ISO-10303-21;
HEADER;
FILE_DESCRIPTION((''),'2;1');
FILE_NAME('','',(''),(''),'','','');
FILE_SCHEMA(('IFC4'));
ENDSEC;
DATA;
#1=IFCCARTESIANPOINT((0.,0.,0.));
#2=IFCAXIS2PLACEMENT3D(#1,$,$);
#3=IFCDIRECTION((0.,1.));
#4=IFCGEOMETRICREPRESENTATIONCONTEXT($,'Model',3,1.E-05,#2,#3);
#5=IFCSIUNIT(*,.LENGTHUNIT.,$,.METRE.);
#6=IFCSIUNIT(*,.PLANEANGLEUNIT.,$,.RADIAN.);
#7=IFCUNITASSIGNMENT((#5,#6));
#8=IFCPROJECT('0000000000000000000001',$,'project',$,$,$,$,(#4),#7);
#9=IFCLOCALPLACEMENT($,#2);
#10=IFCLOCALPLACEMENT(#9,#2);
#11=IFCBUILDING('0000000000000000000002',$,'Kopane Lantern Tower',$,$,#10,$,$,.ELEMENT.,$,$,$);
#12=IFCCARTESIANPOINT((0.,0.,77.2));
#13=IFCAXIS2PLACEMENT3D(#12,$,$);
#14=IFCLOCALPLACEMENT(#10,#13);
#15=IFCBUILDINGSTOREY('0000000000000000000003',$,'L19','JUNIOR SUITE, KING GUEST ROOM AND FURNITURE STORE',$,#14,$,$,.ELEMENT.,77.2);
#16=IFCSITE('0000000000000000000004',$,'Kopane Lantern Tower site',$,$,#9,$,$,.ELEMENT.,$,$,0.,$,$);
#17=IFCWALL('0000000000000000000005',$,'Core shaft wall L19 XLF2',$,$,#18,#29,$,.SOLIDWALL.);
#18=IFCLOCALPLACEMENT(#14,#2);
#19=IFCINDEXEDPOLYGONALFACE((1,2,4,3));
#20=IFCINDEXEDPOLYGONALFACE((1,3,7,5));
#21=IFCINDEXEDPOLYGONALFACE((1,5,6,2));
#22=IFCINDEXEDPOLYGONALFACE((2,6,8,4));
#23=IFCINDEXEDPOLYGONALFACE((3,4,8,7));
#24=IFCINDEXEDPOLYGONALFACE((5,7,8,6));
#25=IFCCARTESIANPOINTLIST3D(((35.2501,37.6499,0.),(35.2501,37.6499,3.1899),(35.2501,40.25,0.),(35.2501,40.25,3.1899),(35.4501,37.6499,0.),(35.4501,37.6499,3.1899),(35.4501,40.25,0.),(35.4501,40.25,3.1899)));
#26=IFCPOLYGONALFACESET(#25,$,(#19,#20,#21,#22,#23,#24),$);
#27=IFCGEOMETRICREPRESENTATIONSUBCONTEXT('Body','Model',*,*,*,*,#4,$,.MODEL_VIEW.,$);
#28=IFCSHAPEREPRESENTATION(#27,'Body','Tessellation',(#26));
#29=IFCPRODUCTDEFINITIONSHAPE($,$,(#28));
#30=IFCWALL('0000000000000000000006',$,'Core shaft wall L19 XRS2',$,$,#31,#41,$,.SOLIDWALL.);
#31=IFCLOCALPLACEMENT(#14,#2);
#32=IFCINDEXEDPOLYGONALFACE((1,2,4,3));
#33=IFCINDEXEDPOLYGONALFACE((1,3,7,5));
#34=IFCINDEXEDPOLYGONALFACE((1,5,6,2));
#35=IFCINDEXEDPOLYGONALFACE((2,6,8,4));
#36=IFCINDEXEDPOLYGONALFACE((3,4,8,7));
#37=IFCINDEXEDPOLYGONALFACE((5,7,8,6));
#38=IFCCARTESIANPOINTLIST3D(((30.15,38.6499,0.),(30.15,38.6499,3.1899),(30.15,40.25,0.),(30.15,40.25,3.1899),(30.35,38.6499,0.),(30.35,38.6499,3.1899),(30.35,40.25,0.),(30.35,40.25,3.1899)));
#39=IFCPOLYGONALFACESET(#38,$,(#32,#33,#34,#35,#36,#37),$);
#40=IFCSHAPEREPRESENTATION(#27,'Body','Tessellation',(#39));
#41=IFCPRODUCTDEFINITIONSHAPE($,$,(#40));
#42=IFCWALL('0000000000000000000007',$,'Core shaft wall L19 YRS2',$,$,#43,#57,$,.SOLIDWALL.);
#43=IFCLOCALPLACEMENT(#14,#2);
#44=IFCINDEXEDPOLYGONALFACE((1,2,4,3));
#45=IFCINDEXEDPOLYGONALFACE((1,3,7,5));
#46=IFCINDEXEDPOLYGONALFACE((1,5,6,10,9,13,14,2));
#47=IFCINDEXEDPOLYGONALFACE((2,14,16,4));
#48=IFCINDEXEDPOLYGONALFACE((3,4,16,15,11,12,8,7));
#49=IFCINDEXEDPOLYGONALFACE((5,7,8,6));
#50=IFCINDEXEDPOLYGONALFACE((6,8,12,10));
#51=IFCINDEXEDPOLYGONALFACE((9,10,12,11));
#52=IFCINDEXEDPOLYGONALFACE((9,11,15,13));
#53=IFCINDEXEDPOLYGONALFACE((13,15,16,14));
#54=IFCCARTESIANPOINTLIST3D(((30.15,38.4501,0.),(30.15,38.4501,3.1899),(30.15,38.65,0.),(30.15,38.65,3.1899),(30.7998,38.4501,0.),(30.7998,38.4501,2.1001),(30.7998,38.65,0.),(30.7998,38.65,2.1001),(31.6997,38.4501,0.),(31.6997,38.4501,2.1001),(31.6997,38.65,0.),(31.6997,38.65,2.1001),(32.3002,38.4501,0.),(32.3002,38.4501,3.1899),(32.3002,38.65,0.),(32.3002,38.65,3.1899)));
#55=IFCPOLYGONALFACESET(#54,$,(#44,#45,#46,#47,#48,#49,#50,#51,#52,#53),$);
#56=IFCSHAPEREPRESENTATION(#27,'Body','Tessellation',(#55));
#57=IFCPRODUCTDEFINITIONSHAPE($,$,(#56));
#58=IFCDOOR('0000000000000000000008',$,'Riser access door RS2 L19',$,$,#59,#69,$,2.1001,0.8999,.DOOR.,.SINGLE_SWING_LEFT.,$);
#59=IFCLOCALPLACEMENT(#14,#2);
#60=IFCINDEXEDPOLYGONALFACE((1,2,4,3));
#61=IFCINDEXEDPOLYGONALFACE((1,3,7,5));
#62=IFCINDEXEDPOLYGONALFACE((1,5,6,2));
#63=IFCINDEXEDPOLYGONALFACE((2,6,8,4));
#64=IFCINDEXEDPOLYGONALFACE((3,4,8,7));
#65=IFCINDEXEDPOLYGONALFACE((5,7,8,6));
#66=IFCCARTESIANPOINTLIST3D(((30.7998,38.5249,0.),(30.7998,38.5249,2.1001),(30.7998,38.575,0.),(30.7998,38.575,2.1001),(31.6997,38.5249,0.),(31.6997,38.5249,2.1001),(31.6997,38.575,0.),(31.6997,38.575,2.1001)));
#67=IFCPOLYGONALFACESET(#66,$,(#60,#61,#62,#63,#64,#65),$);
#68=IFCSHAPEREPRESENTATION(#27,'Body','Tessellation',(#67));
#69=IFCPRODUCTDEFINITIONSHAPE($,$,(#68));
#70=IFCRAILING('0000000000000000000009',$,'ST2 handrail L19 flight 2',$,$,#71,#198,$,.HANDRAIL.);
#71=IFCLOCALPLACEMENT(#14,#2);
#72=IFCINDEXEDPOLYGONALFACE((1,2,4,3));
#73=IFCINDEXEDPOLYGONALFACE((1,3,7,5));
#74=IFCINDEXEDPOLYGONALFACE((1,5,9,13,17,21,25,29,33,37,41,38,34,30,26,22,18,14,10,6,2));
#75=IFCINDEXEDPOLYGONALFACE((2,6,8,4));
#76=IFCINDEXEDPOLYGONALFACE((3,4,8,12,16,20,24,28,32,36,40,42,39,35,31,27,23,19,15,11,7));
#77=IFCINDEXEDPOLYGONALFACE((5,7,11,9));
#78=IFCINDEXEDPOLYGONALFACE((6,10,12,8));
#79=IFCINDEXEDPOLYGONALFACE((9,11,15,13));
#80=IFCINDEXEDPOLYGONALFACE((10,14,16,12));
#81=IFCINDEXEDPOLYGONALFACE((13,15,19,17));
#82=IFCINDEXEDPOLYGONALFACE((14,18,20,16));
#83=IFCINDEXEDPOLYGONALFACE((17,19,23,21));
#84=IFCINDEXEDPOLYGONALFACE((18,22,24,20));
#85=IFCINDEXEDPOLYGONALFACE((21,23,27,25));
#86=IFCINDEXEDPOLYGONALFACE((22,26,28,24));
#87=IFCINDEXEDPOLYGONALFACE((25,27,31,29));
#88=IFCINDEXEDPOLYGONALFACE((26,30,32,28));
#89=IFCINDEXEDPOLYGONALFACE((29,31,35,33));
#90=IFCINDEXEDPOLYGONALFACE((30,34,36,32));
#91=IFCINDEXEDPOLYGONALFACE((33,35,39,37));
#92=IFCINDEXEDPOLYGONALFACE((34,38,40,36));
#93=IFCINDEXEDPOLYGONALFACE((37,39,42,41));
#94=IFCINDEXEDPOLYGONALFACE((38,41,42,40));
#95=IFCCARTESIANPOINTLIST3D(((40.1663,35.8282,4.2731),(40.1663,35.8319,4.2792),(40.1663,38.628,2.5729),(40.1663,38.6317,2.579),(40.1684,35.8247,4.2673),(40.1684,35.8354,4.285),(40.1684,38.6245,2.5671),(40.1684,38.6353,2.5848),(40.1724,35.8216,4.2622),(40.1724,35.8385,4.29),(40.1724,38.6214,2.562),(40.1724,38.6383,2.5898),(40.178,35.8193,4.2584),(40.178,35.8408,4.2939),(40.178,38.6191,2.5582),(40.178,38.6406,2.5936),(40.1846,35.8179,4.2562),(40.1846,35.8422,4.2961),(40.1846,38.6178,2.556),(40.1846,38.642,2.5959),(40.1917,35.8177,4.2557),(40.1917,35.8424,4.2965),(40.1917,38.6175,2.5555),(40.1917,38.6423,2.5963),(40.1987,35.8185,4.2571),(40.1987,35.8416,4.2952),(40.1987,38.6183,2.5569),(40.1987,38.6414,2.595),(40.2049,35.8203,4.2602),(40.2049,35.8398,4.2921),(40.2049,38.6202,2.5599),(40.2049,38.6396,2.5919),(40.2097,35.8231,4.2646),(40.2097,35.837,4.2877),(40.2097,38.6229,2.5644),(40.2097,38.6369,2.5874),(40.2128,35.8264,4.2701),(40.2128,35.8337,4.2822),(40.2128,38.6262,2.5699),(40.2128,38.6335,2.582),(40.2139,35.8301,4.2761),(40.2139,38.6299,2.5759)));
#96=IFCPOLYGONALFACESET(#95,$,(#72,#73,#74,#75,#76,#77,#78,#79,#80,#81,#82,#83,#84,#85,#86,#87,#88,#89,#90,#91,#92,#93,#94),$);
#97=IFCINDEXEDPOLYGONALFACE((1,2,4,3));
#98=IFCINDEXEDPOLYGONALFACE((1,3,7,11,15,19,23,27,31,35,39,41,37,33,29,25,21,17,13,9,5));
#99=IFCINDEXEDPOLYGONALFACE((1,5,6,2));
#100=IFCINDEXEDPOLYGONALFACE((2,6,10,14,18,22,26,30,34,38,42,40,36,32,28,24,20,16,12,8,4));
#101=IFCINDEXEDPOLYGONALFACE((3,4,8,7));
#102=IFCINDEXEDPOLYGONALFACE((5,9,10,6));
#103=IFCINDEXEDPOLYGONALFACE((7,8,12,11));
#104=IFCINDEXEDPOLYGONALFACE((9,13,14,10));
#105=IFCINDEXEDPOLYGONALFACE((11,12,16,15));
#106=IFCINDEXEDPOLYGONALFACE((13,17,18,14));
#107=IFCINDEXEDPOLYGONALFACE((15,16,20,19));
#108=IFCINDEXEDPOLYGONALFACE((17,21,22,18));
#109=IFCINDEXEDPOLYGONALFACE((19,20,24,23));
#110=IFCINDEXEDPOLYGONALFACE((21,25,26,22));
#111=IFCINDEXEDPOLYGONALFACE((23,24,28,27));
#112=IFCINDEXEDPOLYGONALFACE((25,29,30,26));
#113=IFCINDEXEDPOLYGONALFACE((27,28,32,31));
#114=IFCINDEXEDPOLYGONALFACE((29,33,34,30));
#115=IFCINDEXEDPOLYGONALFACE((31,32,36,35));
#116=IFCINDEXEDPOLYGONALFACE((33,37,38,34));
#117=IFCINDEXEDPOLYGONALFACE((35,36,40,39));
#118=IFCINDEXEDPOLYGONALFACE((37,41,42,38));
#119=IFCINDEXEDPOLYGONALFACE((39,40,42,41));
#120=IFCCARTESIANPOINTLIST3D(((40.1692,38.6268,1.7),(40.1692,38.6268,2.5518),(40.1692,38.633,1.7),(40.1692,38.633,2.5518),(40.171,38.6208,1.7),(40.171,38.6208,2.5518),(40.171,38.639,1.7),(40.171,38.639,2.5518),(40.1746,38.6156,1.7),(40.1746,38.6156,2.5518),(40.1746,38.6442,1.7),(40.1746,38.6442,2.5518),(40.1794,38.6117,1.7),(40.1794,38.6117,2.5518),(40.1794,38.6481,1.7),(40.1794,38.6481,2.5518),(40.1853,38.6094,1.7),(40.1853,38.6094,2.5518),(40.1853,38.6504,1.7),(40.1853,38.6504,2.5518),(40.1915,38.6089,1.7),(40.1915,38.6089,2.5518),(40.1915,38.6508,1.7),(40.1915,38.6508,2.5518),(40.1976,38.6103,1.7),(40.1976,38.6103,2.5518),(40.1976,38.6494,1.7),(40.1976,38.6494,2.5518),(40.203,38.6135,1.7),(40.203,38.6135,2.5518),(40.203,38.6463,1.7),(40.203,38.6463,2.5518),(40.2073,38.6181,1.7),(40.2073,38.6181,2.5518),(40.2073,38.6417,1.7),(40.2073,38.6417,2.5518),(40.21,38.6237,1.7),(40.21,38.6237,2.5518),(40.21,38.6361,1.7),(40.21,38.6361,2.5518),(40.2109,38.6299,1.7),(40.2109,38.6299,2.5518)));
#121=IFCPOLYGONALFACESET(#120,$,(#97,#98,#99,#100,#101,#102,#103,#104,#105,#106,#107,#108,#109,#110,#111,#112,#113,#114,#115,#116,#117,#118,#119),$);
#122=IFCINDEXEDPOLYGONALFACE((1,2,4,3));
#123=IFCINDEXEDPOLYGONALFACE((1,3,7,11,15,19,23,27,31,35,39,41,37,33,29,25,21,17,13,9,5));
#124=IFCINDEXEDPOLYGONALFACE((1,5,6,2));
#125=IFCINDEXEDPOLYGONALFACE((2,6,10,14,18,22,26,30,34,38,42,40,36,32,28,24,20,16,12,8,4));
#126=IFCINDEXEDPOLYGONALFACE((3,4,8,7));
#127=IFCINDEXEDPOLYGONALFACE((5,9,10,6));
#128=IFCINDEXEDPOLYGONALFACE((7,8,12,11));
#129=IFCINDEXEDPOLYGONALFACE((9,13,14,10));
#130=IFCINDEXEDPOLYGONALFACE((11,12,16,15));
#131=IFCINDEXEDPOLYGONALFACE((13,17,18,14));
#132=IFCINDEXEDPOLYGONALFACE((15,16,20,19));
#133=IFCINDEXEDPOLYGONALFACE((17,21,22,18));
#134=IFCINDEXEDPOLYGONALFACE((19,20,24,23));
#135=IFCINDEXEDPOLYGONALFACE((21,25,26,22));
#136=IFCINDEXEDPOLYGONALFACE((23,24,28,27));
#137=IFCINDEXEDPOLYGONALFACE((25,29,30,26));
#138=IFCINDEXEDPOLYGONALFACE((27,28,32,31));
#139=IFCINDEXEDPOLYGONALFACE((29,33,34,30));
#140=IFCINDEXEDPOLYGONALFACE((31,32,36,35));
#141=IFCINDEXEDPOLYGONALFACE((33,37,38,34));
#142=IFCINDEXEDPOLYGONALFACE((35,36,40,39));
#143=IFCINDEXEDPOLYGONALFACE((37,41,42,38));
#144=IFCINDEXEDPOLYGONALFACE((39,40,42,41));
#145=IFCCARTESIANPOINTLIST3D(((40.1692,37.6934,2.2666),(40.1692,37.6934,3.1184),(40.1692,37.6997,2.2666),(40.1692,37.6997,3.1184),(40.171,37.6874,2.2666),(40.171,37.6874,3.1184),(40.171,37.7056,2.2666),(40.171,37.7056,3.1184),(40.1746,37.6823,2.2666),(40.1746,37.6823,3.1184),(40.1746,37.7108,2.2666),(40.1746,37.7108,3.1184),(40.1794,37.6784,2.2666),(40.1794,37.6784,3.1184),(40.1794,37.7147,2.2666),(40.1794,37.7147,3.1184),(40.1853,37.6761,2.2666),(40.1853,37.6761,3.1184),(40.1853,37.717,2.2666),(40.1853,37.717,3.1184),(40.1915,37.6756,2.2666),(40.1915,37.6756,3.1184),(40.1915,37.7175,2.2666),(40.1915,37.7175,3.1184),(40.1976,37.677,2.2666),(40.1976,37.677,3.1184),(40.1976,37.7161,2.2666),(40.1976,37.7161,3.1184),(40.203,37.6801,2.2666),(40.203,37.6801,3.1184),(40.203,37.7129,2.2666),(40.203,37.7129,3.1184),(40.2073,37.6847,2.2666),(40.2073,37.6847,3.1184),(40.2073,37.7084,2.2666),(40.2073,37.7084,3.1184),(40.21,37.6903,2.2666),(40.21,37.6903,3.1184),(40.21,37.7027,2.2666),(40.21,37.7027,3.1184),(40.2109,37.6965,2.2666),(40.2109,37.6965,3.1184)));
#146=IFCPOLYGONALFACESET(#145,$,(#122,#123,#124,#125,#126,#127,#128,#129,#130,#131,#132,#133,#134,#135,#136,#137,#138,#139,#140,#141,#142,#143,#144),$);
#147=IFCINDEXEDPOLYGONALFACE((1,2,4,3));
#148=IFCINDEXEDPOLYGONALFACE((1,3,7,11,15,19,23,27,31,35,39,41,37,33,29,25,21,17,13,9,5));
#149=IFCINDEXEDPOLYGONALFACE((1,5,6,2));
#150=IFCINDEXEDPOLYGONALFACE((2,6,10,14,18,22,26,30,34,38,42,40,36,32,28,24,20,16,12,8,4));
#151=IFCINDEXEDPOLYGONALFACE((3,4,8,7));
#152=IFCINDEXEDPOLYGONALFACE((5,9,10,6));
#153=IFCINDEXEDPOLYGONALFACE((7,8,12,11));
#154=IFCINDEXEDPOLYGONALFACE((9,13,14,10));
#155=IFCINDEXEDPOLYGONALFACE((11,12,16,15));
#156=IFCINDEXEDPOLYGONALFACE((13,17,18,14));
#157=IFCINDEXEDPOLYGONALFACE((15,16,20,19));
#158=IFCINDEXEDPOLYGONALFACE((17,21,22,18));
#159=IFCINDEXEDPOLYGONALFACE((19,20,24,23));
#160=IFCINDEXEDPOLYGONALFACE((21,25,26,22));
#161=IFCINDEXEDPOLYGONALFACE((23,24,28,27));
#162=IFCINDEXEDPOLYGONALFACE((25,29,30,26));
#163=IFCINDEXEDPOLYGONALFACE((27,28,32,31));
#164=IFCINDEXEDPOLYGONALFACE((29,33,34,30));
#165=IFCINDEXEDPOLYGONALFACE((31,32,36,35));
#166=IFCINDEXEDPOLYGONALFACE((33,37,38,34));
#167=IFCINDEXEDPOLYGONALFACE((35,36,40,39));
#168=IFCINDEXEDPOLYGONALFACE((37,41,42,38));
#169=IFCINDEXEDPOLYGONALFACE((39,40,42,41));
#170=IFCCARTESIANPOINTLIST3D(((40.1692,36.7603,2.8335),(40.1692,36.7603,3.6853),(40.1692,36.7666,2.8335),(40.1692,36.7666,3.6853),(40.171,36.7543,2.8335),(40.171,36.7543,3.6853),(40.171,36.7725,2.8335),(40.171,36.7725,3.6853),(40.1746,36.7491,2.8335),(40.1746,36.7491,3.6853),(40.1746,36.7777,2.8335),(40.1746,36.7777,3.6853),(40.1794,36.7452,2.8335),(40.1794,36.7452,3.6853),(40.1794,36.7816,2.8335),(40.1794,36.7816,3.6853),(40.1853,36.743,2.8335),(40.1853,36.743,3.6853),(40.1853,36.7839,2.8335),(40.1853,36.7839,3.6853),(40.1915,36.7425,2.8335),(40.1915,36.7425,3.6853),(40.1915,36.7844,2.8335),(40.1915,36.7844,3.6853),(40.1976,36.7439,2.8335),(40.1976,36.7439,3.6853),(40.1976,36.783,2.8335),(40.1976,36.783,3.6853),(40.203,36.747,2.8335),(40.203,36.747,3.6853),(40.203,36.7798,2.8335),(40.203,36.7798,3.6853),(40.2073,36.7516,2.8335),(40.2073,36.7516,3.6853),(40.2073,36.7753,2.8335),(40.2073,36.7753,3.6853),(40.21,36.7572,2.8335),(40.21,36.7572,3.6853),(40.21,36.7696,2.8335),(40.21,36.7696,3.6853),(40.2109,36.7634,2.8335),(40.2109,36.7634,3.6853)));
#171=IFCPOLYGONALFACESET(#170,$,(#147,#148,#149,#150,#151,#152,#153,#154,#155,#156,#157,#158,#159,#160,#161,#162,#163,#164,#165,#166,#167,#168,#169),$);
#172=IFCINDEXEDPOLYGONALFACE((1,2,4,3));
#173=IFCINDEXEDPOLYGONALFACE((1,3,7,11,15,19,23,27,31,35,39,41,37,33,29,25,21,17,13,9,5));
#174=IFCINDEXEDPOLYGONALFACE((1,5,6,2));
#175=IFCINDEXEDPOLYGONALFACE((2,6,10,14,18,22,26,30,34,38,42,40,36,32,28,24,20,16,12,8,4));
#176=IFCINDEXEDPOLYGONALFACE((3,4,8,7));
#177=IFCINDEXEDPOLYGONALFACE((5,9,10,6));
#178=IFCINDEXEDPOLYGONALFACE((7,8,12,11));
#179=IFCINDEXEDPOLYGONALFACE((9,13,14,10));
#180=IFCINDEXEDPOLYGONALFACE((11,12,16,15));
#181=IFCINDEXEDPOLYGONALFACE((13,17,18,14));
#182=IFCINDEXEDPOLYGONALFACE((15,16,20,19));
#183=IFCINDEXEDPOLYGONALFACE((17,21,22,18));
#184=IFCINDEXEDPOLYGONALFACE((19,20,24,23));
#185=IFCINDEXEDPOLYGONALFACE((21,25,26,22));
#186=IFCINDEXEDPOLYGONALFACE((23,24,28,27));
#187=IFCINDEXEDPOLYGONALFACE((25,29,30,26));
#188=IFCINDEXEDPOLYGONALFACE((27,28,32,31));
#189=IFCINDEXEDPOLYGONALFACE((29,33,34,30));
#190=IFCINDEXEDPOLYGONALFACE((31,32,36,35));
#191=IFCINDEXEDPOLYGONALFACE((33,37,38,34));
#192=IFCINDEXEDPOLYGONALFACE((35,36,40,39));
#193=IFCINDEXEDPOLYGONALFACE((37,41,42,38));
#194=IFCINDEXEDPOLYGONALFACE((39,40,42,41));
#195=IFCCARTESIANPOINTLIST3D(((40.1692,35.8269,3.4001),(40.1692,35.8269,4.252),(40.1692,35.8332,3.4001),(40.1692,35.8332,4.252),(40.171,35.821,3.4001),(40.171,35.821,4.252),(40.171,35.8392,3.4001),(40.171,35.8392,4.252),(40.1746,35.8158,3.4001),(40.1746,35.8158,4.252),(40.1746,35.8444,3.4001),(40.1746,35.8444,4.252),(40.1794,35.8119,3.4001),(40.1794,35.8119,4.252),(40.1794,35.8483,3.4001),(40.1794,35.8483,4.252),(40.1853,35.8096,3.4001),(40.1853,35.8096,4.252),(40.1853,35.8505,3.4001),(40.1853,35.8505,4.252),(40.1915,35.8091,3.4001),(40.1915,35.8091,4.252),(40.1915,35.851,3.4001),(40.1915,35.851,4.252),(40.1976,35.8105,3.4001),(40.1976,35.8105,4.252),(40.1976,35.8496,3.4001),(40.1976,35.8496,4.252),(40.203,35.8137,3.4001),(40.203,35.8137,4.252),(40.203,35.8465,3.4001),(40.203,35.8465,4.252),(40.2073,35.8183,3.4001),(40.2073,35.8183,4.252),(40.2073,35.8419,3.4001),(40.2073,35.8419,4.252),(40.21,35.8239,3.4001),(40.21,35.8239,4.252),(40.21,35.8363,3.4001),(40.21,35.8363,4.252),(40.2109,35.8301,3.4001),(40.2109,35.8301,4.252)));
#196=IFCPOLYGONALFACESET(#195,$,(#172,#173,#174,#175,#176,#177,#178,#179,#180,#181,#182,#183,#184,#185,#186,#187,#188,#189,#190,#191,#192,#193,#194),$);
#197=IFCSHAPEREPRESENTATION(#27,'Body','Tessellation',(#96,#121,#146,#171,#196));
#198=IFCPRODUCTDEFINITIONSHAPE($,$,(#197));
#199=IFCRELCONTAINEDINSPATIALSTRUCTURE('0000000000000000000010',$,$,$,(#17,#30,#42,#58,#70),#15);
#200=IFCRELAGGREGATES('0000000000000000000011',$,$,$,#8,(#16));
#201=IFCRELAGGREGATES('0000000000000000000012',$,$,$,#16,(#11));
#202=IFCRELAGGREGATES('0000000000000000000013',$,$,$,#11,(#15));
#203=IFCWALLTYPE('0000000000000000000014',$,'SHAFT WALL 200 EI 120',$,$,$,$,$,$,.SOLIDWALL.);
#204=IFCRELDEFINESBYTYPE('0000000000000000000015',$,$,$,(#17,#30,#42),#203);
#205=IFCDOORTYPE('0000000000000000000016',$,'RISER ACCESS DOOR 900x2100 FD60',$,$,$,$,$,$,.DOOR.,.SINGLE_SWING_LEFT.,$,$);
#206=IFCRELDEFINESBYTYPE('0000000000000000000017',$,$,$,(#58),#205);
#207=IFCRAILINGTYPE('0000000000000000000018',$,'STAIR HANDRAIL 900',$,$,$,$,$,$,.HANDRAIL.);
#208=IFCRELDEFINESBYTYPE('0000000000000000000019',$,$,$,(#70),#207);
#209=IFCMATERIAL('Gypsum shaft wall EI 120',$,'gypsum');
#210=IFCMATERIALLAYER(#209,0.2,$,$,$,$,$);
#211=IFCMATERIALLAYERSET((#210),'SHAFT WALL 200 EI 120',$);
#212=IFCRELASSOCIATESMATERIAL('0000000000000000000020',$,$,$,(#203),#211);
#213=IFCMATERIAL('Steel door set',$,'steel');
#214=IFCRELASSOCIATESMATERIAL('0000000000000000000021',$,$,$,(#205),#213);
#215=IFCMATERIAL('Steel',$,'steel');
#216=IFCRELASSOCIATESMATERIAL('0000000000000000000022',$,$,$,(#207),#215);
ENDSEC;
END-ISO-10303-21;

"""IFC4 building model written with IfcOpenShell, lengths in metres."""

from ifc_helpers import new_model, si_unit, direction, frame, frame_2d, origin, origin_2d, place, context, subcontext, project, spatial, rectangle, circle, extrude, material, layer, layer_set, type_object, element, fill, save


model = new_model("IFC4")

# Units and contexts
model_context = context("Model", 3, precision=1e-05, world=origin(), true_north=direction((0.0, 1.0)))
body_context = subcontext(model_context, "Body", "Model", "MODEL_VIEW")
ifc_project = project(units=[si_unit("LENGTHUNIT", "METRE"), si_unit("PLANEANGLEUNIT", "RADIAN")], contexts=[model_context])

# Site, building, storey
site_placement = place(None, origin())
site = spatial("IfcSite", under=ifc_project, at=site_placement, Name="Kopane Lantern Tower site", CompositionType="ELEMENT", RefElevation=0.0)
building_placement = place(site_placement, origin())
building = spatial("IfcBuilding", under=site, at=building_placement, Name="Kopane Lantern Tower", CompositionType="ELEMENT")
storey_placement = place(building_placement, frame((0.0, 0.0, 77.2)))
storey = spatial("IfcBuildingStorey", under=building, at=storey_placement, Name="L19", Description="JUNIOR SUITE, KING GUEST ROOM AND FURNITURE STORE", CompositionType="ELEMENT", Elevation=77.2)

# Walls
ifc_material_1 = material(Name="Gypsum shaft wall EI 120", Category="gypsum")
ifc_layer_1 = layer(ifc_material_1, 0.2)
ifc_layer_set_1 = layer_set([ifc_layer_1], Name="SHAFT WALL 200 EI 120")
wall_type_1 = type_object("IfcWallType", Name="SHAFT WALL 200 EI 120", PredefinedType="SOLIDWALL", material=ifc_layer_set_1)
wall_1_placement = place(storey_placement, frame((35.3501, 37.6499, 0.0), z_axis=(0.0, 0.0, 1.0), x_axis=(0.0, 1.0, 0.0)))
element("IfcWall", 1, at=wall_1_placement, inside=storey, type_object=wall_type_1, Name="Core shaft wall L19 XLF2", PredefinedType="SOLIDWALL", context=body_context, shape_type="SweptSolid", body=[
    extrude(rectangle(XDim=2.6001, YDim=0.2, at=frame_2d((1.3, 0.0))), origin(), (0.0, 0.0, 1.0), 3.1899),
])
wall_2_placement = place(storey_placement, frame((30.25, 38.6499, 0.0), z_axis=(0.0, 0.0, 1.0), x_axis=(0.0, 1.0, 0.0)))
element("IfcWall", 2, at=wall_2_placement, inside=storey, type_object=wall_type_1, Name="Core shaft wall L19 XRS2", PredefinedType="SOLIDWALL", context=body_context, shape_type="SweptSolid", body=[
    extrude(rectangle(XDim=1.6001, YDim=0.2, at=frame_2d((0.8, 0.0))), origin(), (0.0, 0.0, 1.0), 3.1899),
])

# Wall, opening, door
wall_3_placement = place(storey_placement, frame((30.1499, 38.55, 0.0), z_axis=(0.0, 0.0, 1.0), x_axis=(1.0, 0.0, 0.0)))
wall_3 = element("IfcWall", 3, at=wall_3_placement, inside=storey, type_object=wall_type_1, Name="Core shaft wall L19 YRS2", PredefinedType="SOLIDWALL", context=body_context, shape_type="SweptSolid", body=[
    extrude(rectangle(XDim=2.1501, YDim=0.2, at=frame_2d((1.0752, 0.0))), origin(), (0.0, 0.0, 1.0), 3.1899),
])
opening_1_placement = place(wall_3_placement, frame((0.6499, 0.0, 0.0)))
opening_1 = element("IfcOpeningElement", 4, at=opening_1_placement, cuts=wall_3, PredefinedType="OPENING", context=body_context, shape_type="SweptSolid", body=[
    extrude(rectangle(XDim=0.8999, YDim=2.1001, at=frame_2d((0.45, 1.05))), frame((0.0, 0.1099, 0.0), z_axis=(0.0, -1.0, 0.0), x_axis=(1.0, 0.0, 0.0)), (0.0, 0.0, 1.0), 0.22),
])
ifc_material_2 = material(Name="Steel door set", Category="steel")
door_type_1 = type_object("IfcDoorType", Name="RISER ACCESS DOOR 900x2100 FD60", OperationType="SINGLE_SWING_LEFT", PredefinedType="DOOR", material=ifc_material_2)
door_1_placement = place(opening_1_placement, origin())
door_1 = element("IfcDoor", 5, at=door_1_placement, inside=storey, type_object=door_type_1, Name="Riser access door RS2 L19", OperationType="SINGLE_SWING_LEFT", OverallHeight=2.1001, OverallWidth=0.8999, PredefinedType="DOOR", context=body_context, shape_type="SweptSolid", body=[
    extrude(rectangle(XDim=0.8999, YDim=2.1001, at=frame_2d((0.45, 1.05))), frame((0.0, 0.0249, 0.0), z_axis=(0.0, -1.0, 0.0), x_axis=(1.0, 0.0, 0.0)), (0.0, 0.0, 1.0), 0.05),
])
fill(opening_1, door_1)

# Railing
ifc_material_3 = material(Name="Steel", Category="steel")
railing_type_1 = type_object("IfcRailingType", Name="STAIR HANDRAIL 900", PredefinedType="HANDRAIL", material=ifc_material_3)
for number, where, name in (
    (6, (40.1899, 38.6299, 1.7), "ST2 handrail L19 flight 2"),
):
    element("IfcRailing", number, at=place(storey_placement, frame(where)), inside=storey, type_object=railing_type_1, Name=name, PredefinedType="HANDRAIL", context=body_context, shape_type="SweptSolid", body=[
        extrude(circle(Radius=0.0239, at=origin_2d()), frame((0.0, 0.0, 0.876), z_axis=(0.0, -0.854745, 0.519048), x_axis=(1.0, 0.0, 0.0)), (0.0, 0.0, 1.0), 3.2756),
        extrude(circle(Radius=0.021, at=origin_2d()), origin(), (0.0, 0.0, 1.0), 0.8518),
        extrude(circle(Radius=0.021, at=origin_2d()), frame((0.0, -0.9333, 0.5667)), (0.0, 0.0, 1.0), 0.8518),
        extrude(circle(Radius=0.021, at=origin_2d()), frame((0.0, -1.8665, 1.1335)), (0.0, 0.0, 1.0), 0.8518),
        extrude(circle(Radius=0.021, at=origin_2d()), frame((0.0, -2.7998, 1.7002)), (0.0, 0.0, 1.0), 0.8518),
    ])

save(model, "model.ifc")
